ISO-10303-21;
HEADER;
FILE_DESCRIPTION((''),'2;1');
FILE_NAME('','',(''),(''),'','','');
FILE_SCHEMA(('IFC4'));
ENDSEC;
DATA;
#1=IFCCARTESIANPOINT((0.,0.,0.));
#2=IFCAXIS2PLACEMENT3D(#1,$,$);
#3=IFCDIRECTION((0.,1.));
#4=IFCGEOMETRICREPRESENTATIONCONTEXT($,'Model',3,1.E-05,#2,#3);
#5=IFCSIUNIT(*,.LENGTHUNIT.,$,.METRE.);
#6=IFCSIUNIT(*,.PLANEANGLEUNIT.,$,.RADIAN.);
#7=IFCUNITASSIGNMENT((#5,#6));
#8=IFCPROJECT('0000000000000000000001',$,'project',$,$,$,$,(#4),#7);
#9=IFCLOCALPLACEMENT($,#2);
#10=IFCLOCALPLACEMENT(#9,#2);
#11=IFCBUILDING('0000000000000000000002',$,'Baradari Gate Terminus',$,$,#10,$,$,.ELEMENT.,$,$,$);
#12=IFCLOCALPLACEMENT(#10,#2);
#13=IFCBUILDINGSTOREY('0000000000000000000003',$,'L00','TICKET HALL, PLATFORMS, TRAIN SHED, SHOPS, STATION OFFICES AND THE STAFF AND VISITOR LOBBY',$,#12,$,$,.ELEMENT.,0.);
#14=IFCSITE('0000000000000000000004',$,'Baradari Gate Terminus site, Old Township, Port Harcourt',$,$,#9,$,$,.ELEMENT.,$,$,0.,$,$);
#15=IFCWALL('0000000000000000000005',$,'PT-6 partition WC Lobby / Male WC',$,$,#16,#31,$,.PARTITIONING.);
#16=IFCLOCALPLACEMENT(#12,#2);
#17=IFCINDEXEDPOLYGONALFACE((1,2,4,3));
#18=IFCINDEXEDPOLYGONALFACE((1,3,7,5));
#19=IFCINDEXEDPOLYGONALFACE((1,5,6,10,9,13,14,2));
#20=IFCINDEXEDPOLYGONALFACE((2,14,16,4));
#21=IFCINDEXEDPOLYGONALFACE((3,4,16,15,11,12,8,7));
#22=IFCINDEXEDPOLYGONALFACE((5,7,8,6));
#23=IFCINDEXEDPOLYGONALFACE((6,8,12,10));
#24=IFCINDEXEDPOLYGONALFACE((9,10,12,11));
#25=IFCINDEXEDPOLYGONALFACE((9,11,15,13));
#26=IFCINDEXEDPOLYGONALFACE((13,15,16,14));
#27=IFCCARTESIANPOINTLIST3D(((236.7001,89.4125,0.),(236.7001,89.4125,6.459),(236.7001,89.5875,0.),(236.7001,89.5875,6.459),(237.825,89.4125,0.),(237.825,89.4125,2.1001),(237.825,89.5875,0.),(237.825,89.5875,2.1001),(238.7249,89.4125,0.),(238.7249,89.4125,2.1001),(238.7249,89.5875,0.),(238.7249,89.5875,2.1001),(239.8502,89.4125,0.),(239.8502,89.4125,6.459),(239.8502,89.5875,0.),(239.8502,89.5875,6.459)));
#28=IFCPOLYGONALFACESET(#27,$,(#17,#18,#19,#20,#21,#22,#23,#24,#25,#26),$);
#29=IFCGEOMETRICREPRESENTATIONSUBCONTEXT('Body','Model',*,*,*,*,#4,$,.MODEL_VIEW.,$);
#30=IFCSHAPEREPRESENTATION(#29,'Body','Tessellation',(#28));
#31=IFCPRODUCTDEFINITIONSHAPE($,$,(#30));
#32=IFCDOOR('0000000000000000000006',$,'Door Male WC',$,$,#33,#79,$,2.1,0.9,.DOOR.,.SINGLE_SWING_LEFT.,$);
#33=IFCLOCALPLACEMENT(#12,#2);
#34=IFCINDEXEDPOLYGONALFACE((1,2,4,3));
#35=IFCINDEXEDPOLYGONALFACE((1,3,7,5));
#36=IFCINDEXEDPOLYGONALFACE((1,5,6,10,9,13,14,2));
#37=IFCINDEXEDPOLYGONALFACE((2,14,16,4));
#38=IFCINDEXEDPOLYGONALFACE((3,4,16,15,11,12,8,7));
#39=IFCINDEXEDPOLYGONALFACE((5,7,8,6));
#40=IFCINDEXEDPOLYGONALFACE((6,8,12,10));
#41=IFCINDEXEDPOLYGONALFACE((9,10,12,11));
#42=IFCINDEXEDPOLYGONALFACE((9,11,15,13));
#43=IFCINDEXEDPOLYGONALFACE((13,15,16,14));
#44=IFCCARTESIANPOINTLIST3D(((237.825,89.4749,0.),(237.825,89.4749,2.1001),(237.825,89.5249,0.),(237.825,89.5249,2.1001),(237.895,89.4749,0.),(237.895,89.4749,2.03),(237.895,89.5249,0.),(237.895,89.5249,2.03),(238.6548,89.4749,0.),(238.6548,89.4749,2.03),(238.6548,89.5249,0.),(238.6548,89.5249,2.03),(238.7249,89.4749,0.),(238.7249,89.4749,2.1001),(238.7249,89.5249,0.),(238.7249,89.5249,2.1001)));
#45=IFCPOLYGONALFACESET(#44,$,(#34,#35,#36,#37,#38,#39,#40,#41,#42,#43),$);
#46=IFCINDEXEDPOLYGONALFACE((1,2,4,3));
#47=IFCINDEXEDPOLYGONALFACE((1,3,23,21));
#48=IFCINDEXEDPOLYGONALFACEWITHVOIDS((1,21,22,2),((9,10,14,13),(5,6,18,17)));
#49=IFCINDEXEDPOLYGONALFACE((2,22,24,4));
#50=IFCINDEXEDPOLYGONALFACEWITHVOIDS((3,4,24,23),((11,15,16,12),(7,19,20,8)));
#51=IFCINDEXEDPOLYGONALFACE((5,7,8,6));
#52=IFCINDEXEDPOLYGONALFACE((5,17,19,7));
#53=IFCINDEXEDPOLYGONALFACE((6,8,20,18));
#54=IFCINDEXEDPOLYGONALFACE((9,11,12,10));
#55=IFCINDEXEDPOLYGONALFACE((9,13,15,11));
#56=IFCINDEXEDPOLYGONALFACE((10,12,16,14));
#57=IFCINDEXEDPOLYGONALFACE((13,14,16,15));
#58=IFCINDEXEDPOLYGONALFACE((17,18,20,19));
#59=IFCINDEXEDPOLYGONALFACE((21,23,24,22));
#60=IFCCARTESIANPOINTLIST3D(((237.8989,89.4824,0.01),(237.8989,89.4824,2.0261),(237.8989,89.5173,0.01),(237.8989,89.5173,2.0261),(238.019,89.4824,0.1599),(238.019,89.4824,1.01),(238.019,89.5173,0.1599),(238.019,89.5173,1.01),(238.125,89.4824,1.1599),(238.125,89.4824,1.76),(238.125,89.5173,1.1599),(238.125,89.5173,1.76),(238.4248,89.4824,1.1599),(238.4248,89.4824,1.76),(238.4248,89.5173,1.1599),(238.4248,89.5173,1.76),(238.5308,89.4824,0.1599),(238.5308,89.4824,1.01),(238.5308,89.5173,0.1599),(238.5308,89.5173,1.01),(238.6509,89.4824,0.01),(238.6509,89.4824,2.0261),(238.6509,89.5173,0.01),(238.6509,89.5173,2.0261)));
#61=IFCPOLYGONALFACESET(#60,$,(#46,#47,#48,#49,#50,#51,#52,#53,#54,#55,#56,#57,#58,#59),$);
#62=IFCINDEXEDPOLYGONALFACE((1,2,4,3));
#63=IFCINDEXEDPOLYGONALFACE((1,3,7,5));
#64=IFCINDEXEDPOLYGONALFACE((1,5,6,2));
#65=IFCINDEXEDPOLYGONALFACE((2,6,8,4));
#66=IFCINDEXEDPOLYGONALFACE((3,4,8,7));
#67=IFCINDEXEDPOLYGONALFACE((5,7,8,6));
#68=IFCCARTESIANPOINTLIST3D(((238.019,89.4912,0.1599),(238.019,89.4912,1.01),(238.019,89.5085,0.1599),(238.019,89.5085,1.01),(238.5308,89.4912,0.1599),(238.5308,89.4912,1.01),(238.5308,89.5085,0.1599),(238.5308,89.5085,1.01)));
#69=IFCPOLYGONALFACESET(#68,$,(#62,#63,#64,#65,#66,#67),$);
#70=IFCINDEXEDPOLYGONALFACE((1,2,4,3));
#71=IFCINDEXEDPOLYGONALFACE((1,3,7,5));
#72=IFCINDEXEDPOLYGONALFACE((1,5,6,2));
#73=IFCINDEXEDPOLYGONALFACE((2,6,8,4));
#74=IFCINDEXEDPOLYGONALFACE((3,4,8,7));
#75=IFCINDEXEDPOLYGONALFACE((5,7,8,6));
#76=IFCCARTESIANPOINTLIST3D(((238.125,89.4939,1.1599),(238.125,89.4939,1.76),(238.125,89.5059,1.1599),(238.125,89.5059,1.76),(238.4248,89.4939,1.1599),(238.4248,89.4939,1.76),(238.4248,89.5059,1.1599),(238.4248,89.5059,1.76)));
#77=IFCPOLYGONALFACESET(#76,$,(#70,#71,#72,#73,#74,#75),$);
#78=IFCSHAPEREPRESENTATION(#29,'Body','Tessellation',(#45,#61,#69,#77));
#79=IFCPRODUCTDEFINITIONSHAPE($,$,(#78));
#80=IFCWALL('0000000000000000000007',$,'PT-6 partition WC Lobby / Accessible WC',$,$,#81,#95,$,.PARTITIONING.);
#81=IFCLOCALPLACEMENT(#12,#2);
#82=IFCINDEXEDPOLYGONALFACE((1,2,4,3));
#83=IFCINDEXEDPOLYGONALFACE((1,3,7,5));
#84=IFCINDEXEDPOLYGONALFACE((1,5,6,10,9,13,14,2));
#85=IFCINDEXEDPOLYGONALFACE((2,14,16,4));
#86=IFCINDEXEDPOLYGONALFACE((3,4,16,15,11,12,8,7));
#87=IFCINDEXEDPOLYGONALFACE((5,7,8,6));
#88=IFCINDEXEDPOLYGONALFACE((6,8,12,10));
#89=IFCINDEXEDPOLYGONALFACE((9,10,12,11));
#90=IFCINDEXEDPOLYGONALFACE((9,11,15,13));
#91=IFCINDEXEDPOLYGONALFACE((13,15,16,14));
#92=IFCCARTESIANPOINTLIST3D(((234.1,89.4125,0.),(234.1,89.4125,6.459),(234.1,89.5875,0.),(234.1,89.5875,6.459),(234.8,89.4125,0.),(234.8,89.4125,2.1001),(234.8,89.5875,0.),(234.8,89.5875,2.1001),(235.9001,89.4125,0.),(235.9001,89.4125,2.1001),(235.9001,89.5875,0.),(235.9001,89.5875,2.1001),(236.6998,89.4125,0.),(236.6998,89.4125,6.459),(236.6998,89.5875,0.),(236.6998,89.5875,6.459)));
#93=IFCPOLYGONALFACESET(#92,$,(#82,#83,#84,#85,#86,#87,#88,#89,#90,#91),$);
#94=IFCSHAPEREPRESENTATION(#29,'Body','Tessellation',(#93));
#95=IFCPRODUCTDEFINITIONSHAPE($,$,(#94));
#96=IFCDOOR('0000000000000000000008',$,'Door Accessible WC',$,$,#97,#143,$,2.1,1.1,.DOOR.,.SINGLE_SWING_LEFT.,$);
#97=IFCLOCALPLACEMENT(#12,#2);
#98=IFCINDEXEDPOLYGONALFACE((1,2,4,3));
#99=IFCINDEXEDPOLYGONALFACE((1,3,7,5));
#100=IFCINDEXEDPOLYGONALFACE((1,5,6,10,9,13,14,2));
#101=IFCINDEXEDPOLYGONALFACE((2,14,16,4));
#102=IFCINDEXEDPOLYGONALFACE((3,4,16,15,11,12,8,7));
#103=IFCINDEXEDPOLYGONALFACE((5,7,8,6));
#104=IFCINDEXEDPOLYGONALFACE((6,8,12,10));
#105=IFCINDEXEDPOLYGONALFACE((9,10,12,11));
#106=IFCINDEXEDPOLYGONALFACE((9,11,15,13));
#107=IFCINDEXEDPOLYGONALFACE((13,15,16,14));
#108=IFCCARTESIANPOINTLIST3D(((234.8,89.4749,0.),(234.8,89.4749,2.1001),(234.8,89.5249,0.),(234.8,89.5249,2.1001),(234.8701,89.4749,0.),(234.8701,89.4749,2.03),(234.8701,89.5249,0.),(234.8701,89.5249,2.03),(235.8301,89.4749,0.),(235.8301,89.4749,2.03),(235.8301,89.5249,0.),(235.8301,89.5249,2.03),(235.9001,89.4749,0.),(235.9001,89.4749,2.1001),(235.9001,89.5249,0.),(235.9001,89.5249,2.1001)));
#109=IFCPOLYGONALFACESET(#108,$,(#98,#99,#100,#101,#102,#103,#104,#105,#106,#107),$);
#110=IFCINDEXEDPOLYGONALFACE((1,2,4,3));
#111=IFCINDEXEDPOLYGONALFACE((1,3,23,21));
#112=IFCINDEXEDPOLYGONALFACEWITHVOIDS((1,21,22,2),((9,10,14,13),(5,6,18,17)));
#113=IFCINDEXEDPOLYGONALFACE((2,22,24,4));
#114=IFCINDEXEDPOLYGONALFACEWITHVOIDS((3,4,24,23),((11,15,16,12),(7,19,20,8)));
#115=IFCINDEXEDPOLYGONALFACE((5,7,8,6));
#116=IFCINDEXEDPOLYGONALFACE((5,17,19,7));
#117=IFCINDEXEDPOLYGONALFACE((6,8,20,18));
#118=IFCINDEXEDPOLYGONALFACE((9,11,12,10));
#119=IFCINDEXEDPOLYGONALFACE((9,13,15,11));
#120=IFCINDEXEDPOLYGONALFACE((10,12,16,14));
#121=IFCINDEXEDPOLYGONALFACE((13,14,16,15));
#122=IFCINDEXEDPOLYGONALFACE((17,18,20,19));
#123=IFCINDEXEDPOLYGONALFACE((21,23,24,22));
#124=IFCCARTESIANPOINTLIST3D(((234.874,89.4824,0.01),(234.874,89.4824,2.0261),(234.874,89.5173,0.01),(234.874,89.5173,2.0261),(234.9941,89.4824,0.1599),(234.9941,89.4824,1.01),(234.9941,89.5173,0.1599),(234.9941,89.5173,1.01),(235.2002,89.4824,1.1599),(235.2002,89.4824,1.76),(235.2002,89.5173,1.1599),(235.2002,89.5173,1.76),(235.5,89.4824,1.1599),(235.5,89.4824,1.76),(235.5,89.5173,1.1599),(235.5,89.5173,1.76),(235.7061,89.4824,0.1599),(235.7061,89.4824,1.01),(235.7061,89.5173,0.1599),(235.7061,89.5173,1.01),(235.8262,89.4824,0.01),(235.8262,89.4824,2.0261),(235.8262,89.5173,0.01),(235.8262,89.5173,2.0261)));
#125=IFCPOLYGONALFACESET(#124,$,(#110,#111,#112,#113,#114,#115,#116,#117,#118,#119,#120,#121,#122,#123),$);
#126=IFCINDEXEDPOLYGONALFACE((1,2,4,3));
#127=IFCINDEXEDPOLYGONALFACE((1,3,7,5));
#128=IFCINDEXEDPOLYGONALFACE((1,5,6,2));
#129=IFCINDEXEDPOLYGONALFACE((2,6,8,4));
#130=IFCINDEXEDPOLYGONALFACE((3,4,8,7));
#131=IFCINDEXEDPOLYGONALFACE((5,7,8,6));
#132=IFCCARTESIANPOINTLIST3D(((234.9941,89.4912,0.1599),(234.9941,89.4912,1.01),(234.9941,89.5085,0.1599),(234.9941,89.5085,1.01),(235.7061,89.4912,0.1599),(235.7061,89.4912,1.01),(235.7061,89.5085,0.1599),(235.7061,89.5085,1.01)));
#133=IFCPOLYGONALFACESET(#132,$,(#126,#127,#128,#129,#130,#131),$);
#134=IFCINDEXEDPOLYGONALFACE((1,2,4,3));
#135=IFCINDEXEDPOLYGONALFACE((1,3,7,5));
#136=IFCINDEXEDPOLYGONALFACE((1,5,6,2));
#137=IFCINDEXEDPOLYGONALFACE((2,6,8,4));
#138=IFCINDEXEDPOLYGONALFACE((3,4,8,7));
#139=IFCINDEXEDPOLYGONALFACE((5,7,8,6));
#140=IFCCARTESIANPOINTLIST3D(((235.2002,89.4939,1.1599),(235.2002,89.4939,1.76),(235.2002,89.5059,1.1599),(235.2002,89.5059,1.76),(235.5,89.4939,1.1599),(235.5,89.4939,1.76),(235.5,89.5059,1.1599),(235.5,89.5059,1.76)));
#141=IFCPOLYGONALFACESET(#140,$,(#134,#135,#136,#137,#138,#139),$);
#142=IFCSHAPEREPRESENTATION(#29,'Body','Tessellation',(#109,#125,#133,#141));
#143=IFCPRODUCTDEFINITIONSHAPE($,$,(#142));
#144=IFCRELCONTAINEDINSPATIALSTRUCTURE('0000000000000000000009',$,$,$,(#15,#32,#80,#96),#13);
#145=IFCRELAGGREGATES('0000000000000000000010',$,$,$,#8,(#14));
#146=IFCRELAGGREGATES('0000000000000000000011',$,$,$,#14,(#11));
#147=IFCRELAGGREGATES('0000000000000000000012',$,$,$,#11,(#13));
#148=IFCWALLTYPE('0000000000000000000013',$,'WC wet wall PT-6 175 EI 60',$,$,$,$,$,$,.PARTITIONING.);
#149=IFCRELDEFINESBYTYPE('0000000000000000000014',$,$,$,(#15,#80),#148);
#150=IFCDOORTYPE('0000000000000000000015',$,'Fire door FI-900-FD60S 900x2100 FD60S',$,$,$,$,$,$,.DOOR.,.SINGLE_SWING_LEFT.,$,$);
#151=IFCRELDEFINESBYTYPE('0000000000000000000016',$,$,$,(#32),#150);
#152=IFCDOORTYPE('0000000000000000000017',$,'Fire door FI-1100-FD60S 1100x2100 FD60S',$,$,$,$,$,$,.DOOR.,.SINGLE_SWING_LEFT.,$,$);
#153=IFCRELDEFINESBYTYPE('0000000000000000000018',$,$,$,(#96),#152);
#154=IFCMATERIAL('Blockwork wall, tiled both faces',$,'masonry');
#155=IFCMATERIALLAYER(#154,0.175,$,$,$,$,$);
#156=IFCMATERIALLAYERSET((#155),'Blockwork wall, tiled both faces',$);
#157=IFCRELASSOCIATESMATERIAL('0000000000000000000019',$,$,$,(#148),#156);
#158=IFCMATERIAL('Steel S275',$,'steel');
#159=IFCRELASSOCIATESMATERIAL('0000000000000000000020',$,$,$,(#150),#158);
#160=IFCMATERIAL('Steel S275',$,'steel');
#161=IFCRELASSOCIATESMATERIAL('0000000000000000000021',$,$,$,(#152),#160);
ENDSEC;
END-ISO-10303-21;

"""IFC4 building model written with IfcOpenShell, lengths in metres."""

from ifc_helpers import new_model, si_unit, direction, frame, frame_2d, origin, place, context, subcontext, project, spatial, polyline, rectangle, outline, extrude, material, layer, layer_set, type_object, element, fill, save


model = new_model("IFC4")

# Units and contexts
model_context = context("Model", 3, precision=1e-05, world=origin(), true_north=direction((0.0, 1.0)))
body_context = subcontext(model_context, "Body", "Model", "MODEL_VIEW")
ifc_project = project(units=[si_unit("LENGTHUNIT", "METRE"), si_unit("PLANEANGLEUNIT", "RADIAN")], contexts=[model_context])

# Site, building, storey
site_placement = place(None, origin())
site = spatial("IfcSite", under=ifc_project, at=site_placement, Name="Baradari Gate Terminus site, Old Township, Port Harcourt", CompositionType="ELEMENT", RefElevation=0.0)
building_placement = place(site_placement, origin())
building = spatial("IfcBuilding", under=site, at=building_placement, Name="Baradari Gate Terminus", CompositionType="ELEMENT")
storey_placement = place(building_placement, origin())
storey = spatial("IfcBuildingStorey", under=building, at=storey_placement, Name="L00", Description="TICKET HALL, PLATFORMS, TRAIN SHED, SHOPS, STATION OFFICES AND THE STAFF AND VISITOR LOBBY", CompositionType="ELEMENT", Elevation=0.0)

# Shared definitions
ifc_material_1 = material(Name="Blockwork wall, tiled both faces", Category="masonry")
ifc_layer_1 = layer(ifc_material_1, 0.175)
ifc_layer_set_1 = layer_set([ifc_layer_1], Name="Blockwork wall, tiled both faces")
wall_type_1 = type_object("IfcWallType", Name="WC wet wall PT-6 175 EI 60", PredefinedType="PARTITIONING", material=ifc_layer_set_1)

# Walls, openings, doors
wall_1_placement = place(storey_placement, frame((236.7, 89.5, 0.0), z_axis=(0.0, 0.0, 1.0), x_axis=(1.0, 0.0, 0.0)))
wall_1 = element("IfcWall", 1, at=wall_1_placement, inside=storey, type_object=wall_type_1, Name="PT-6 partition WC Lobby / Male WC", PredefinedType="PARTITIONING", context=body_context, shape_type="SweptSolid", body=[
    extrude(rectangle(XDim=3.1501, YDim=0.175, at=frame_2d((1.5752, 0.0))), origin(), (0.0, 0.0, 1.0), 6.459),
])
opening_1_placement = place(wall_1_placement, frame((1.125, 0.0, 0.0)))
opening_1 = element("IfcOpeningElement", 2, at=opening_1_placement, cuts=wall_1, PredefinedType="OPENING", context=body_context, shape_type="SweptSolid", body=[
    extrude(rectangle(XDim=0.8999, YDim=2.1001, at=frame_2d((0.45, 1.05))), frame((0.0, 0.0974, 0.0), z_axis=(0.0, -1.0, 0.0), x_axis=(1.0, 0.0, 0.0)), (0.0, 0.0, 1.0), 0.1951),
])
ifc_material_2 = material(Name="Steel S275", Category="steel")
door_type_1 = type_object("IfcDoorType", Name="Fire door FI-900-FD60S 900x2100 FD60S", OperationType="SINGLE_SWING_LEFT", PredefinedType="DOOR", material=ifc_material_2)
door_1_placement = place(opening_1_placement, origin())
door_1 = element("IfcDoor", 3, at=door_1_placement, inside=storey, type_object=door_type_1, Name="Door Male WC", OperationType="SINGLE_SWING_LEFT", OverallHeight=2.1, OverallWidth=0.9, PredefinedType="DOOR", context=body_context, shape_type="SweptSolid", body=[
    extrude(outline(polyline([(0.0, 0.0), (0.0701, 0.0), (0.0701, 2.03), (0.8298, 2.03), (0.8298, 0.0), (0.8999, 0.0), (0.8999, 2.1001), (0.0, 2.1001), (0.0, 0.0)])), frame((0.0, 0.0249, 0.0), z_axis=(0.0, -1.0, 0.0), x_axis=(1.0, 0.0, 0.0)), (0.0, 0.0, 1.0), 0.05),
    extrude(outline(polyline([(0.074, 0.01), (0.8259, 0.01), (0.8259, 2.0261), (0.074, 2.0261), (0.074, 0.01)]), holes=[polyline([(0.1941, 0.1599), (0.7058, 0.1599), (0.7058, 1.01), (0.1941, 1.01), (0.1941, 0.1599)]), polyline([(0.3, 1.1599), (0.5999, 1.1599), (0.5999, 1.76), (0.3, 1.76), (0.3, 1.1599)])]), frame((0.0, 0.0173, 0.0), z_axis=(0.0, -1.0, 0.0), x_axis=(1.0, 0.0, 0.0)), (0.0, 0.0, 1.0), 0.0349),
    extrude(rectangle(XDim=0.5117, YDim=0.8501, at=frame_2d((0.45, 0.585))), frame((0.0, 0.0085, 0.0), z_axis=(0.0, -1.0, 0.0), x_axis=(1.0, 0.0, 0.0)), (0.0, 0.0, 1.0), 0.0173),
    extrude(rectangle(XDim=0.2998, YDim=0.6001, at=frame_2d((0.45, 1.46))), frame((0.0, 0.0059, 0.0), z_axis=(0.0, -1.0, 0.0), x_axis=(1.0, 0.0, 0.0)), (0.0, 0.0, 1.0), 0.012),
])
fill(opening_1, door_1)
wall_2_placement = place(storey_placement, frame((234.1001, 89.5, 0.0), z_axis=(0.0, 0.0, 1.0), x_axis=(1.0, 0.0, 0.0)))
wall_2 = element("IfcWall", 4, at=wall_2_placement, inside=storey, type_object=wall_type_1, Name="PT-6 partition WC Lobby / Accessible WC", PredefinedType="PARTITIONING", context=body_context, shape_type="SweptSolid", body=[
    extrude(rectangle(XDim=2.5999, YDim=0.175, at=frame_2d((1.2998, 0.0))), origin(), (0.0, 0.0, 1.0), 6.459),
])
opening_2_placement = place(wall_2_placement, frame((0.7, 0.0, 0.0)))
opening_2 = element("IfcOpeningElement", 5, at=opening_2_placement, cuts=wall_2, PredefinedType="OPENING", context=body_context, shape_type="SweptSolid", body=[
    extrude(rectangle(XDim=1.1001, YDim=2.1001, at=frame_2d((0.55, 1.05))), frame((0.0, 0.0974, 0.0), z_axis=(0.0, -1.0, 0.0), x_axis=(1.0, 0.0, 0.0)), (0.0, 0.0, 1.0), 0.1951),
])
ifc_material_3 = material(Name="Steel S275", Category="steel")
door_type_2 = type_object("IfcDoorType", Name="Fire door FI-1100-FD60S 1100x2100 FD60S", OperationType="SINGLE_SWING_LEFT", PredefinedType="DOOR", material=ifc_material_3)
door_2_placement = place(opening_2_placement, origin())
door_2 = element("IfcDoor", 6, at=door_2_placement, inside=storey, type_object=door_type_2, Name="Door Accessible WC", OperationType="SINGLE_SWING_LEFT", OverallHeight=2.1, OverallWidth=1.1, PredefinedType="DOOR", context=body_context, shape_type="SweptSolid", body=[
    extrude(outline(polyline([(0.0, 0.0), (0.0701, 0.0), (0.0701, 2.03), (1.03, 2.03), (1.03, 0.0), (1.1001, 0.0), (1.1001, 2.1001), (0.0, 2.1001), (0.0, 0.0)])), frame((0.0, 0.0249, 0.0), z_axis=(0.0, -1.0, 0.0), x_axis=(1.0, 0.0, 0.0)), (0.0, 0.0, 1.0), 0.05),
    extrude(outline(polyline([(0.074, 0.01), (1.0261, 0.01), (1.0261, 2.0261), (0.074, 2.0261), (0.074, 0.01)]), holes=[polyline([(0.1941, 0.1599), (0.906, 0.1599), (0.906, 1.01), (0.1941, 1.01), (0.1941, 0.1599)]), polyline([(0.4001, 1.1599), (0.7, 1.1599), (0.7, 1.76), (0.4001, 1.76), (0.4001, 1.1599)])]), frame((0.0, 0.0173, 0.0), z_axis=(0.0, -1.0, 0.0), x_axis=(1.0, 0.0, 0.0)), (0.0, 0.0, 1.0), 0.0349),
    extrude(rectangle(XDim=0.7119, YDim=0.8501, at=frame_2d((0.55, 0.585))), frame((0.0, 0.0085, 0.0), z_axis=(0.0, -1.0, 0.0), x_axis=(1.0, 0.0, 0.0)), (0.0, 0.0, 1.0), 0.0173),
    extrude(rectangle(XDim=0.2998, YDim=0.6001, at=frame_2d((0.55, 1.46))), frame((0.0, 0.0059, 0.0), z_axis=(0.0, -1.0, 0.0), x_axis=(1.0, 0.0, 0.0)), (0.0, 0.0, 1.0), 0.012),
])
fill(opening_2, door_2)

save(model, "model.ifc")
